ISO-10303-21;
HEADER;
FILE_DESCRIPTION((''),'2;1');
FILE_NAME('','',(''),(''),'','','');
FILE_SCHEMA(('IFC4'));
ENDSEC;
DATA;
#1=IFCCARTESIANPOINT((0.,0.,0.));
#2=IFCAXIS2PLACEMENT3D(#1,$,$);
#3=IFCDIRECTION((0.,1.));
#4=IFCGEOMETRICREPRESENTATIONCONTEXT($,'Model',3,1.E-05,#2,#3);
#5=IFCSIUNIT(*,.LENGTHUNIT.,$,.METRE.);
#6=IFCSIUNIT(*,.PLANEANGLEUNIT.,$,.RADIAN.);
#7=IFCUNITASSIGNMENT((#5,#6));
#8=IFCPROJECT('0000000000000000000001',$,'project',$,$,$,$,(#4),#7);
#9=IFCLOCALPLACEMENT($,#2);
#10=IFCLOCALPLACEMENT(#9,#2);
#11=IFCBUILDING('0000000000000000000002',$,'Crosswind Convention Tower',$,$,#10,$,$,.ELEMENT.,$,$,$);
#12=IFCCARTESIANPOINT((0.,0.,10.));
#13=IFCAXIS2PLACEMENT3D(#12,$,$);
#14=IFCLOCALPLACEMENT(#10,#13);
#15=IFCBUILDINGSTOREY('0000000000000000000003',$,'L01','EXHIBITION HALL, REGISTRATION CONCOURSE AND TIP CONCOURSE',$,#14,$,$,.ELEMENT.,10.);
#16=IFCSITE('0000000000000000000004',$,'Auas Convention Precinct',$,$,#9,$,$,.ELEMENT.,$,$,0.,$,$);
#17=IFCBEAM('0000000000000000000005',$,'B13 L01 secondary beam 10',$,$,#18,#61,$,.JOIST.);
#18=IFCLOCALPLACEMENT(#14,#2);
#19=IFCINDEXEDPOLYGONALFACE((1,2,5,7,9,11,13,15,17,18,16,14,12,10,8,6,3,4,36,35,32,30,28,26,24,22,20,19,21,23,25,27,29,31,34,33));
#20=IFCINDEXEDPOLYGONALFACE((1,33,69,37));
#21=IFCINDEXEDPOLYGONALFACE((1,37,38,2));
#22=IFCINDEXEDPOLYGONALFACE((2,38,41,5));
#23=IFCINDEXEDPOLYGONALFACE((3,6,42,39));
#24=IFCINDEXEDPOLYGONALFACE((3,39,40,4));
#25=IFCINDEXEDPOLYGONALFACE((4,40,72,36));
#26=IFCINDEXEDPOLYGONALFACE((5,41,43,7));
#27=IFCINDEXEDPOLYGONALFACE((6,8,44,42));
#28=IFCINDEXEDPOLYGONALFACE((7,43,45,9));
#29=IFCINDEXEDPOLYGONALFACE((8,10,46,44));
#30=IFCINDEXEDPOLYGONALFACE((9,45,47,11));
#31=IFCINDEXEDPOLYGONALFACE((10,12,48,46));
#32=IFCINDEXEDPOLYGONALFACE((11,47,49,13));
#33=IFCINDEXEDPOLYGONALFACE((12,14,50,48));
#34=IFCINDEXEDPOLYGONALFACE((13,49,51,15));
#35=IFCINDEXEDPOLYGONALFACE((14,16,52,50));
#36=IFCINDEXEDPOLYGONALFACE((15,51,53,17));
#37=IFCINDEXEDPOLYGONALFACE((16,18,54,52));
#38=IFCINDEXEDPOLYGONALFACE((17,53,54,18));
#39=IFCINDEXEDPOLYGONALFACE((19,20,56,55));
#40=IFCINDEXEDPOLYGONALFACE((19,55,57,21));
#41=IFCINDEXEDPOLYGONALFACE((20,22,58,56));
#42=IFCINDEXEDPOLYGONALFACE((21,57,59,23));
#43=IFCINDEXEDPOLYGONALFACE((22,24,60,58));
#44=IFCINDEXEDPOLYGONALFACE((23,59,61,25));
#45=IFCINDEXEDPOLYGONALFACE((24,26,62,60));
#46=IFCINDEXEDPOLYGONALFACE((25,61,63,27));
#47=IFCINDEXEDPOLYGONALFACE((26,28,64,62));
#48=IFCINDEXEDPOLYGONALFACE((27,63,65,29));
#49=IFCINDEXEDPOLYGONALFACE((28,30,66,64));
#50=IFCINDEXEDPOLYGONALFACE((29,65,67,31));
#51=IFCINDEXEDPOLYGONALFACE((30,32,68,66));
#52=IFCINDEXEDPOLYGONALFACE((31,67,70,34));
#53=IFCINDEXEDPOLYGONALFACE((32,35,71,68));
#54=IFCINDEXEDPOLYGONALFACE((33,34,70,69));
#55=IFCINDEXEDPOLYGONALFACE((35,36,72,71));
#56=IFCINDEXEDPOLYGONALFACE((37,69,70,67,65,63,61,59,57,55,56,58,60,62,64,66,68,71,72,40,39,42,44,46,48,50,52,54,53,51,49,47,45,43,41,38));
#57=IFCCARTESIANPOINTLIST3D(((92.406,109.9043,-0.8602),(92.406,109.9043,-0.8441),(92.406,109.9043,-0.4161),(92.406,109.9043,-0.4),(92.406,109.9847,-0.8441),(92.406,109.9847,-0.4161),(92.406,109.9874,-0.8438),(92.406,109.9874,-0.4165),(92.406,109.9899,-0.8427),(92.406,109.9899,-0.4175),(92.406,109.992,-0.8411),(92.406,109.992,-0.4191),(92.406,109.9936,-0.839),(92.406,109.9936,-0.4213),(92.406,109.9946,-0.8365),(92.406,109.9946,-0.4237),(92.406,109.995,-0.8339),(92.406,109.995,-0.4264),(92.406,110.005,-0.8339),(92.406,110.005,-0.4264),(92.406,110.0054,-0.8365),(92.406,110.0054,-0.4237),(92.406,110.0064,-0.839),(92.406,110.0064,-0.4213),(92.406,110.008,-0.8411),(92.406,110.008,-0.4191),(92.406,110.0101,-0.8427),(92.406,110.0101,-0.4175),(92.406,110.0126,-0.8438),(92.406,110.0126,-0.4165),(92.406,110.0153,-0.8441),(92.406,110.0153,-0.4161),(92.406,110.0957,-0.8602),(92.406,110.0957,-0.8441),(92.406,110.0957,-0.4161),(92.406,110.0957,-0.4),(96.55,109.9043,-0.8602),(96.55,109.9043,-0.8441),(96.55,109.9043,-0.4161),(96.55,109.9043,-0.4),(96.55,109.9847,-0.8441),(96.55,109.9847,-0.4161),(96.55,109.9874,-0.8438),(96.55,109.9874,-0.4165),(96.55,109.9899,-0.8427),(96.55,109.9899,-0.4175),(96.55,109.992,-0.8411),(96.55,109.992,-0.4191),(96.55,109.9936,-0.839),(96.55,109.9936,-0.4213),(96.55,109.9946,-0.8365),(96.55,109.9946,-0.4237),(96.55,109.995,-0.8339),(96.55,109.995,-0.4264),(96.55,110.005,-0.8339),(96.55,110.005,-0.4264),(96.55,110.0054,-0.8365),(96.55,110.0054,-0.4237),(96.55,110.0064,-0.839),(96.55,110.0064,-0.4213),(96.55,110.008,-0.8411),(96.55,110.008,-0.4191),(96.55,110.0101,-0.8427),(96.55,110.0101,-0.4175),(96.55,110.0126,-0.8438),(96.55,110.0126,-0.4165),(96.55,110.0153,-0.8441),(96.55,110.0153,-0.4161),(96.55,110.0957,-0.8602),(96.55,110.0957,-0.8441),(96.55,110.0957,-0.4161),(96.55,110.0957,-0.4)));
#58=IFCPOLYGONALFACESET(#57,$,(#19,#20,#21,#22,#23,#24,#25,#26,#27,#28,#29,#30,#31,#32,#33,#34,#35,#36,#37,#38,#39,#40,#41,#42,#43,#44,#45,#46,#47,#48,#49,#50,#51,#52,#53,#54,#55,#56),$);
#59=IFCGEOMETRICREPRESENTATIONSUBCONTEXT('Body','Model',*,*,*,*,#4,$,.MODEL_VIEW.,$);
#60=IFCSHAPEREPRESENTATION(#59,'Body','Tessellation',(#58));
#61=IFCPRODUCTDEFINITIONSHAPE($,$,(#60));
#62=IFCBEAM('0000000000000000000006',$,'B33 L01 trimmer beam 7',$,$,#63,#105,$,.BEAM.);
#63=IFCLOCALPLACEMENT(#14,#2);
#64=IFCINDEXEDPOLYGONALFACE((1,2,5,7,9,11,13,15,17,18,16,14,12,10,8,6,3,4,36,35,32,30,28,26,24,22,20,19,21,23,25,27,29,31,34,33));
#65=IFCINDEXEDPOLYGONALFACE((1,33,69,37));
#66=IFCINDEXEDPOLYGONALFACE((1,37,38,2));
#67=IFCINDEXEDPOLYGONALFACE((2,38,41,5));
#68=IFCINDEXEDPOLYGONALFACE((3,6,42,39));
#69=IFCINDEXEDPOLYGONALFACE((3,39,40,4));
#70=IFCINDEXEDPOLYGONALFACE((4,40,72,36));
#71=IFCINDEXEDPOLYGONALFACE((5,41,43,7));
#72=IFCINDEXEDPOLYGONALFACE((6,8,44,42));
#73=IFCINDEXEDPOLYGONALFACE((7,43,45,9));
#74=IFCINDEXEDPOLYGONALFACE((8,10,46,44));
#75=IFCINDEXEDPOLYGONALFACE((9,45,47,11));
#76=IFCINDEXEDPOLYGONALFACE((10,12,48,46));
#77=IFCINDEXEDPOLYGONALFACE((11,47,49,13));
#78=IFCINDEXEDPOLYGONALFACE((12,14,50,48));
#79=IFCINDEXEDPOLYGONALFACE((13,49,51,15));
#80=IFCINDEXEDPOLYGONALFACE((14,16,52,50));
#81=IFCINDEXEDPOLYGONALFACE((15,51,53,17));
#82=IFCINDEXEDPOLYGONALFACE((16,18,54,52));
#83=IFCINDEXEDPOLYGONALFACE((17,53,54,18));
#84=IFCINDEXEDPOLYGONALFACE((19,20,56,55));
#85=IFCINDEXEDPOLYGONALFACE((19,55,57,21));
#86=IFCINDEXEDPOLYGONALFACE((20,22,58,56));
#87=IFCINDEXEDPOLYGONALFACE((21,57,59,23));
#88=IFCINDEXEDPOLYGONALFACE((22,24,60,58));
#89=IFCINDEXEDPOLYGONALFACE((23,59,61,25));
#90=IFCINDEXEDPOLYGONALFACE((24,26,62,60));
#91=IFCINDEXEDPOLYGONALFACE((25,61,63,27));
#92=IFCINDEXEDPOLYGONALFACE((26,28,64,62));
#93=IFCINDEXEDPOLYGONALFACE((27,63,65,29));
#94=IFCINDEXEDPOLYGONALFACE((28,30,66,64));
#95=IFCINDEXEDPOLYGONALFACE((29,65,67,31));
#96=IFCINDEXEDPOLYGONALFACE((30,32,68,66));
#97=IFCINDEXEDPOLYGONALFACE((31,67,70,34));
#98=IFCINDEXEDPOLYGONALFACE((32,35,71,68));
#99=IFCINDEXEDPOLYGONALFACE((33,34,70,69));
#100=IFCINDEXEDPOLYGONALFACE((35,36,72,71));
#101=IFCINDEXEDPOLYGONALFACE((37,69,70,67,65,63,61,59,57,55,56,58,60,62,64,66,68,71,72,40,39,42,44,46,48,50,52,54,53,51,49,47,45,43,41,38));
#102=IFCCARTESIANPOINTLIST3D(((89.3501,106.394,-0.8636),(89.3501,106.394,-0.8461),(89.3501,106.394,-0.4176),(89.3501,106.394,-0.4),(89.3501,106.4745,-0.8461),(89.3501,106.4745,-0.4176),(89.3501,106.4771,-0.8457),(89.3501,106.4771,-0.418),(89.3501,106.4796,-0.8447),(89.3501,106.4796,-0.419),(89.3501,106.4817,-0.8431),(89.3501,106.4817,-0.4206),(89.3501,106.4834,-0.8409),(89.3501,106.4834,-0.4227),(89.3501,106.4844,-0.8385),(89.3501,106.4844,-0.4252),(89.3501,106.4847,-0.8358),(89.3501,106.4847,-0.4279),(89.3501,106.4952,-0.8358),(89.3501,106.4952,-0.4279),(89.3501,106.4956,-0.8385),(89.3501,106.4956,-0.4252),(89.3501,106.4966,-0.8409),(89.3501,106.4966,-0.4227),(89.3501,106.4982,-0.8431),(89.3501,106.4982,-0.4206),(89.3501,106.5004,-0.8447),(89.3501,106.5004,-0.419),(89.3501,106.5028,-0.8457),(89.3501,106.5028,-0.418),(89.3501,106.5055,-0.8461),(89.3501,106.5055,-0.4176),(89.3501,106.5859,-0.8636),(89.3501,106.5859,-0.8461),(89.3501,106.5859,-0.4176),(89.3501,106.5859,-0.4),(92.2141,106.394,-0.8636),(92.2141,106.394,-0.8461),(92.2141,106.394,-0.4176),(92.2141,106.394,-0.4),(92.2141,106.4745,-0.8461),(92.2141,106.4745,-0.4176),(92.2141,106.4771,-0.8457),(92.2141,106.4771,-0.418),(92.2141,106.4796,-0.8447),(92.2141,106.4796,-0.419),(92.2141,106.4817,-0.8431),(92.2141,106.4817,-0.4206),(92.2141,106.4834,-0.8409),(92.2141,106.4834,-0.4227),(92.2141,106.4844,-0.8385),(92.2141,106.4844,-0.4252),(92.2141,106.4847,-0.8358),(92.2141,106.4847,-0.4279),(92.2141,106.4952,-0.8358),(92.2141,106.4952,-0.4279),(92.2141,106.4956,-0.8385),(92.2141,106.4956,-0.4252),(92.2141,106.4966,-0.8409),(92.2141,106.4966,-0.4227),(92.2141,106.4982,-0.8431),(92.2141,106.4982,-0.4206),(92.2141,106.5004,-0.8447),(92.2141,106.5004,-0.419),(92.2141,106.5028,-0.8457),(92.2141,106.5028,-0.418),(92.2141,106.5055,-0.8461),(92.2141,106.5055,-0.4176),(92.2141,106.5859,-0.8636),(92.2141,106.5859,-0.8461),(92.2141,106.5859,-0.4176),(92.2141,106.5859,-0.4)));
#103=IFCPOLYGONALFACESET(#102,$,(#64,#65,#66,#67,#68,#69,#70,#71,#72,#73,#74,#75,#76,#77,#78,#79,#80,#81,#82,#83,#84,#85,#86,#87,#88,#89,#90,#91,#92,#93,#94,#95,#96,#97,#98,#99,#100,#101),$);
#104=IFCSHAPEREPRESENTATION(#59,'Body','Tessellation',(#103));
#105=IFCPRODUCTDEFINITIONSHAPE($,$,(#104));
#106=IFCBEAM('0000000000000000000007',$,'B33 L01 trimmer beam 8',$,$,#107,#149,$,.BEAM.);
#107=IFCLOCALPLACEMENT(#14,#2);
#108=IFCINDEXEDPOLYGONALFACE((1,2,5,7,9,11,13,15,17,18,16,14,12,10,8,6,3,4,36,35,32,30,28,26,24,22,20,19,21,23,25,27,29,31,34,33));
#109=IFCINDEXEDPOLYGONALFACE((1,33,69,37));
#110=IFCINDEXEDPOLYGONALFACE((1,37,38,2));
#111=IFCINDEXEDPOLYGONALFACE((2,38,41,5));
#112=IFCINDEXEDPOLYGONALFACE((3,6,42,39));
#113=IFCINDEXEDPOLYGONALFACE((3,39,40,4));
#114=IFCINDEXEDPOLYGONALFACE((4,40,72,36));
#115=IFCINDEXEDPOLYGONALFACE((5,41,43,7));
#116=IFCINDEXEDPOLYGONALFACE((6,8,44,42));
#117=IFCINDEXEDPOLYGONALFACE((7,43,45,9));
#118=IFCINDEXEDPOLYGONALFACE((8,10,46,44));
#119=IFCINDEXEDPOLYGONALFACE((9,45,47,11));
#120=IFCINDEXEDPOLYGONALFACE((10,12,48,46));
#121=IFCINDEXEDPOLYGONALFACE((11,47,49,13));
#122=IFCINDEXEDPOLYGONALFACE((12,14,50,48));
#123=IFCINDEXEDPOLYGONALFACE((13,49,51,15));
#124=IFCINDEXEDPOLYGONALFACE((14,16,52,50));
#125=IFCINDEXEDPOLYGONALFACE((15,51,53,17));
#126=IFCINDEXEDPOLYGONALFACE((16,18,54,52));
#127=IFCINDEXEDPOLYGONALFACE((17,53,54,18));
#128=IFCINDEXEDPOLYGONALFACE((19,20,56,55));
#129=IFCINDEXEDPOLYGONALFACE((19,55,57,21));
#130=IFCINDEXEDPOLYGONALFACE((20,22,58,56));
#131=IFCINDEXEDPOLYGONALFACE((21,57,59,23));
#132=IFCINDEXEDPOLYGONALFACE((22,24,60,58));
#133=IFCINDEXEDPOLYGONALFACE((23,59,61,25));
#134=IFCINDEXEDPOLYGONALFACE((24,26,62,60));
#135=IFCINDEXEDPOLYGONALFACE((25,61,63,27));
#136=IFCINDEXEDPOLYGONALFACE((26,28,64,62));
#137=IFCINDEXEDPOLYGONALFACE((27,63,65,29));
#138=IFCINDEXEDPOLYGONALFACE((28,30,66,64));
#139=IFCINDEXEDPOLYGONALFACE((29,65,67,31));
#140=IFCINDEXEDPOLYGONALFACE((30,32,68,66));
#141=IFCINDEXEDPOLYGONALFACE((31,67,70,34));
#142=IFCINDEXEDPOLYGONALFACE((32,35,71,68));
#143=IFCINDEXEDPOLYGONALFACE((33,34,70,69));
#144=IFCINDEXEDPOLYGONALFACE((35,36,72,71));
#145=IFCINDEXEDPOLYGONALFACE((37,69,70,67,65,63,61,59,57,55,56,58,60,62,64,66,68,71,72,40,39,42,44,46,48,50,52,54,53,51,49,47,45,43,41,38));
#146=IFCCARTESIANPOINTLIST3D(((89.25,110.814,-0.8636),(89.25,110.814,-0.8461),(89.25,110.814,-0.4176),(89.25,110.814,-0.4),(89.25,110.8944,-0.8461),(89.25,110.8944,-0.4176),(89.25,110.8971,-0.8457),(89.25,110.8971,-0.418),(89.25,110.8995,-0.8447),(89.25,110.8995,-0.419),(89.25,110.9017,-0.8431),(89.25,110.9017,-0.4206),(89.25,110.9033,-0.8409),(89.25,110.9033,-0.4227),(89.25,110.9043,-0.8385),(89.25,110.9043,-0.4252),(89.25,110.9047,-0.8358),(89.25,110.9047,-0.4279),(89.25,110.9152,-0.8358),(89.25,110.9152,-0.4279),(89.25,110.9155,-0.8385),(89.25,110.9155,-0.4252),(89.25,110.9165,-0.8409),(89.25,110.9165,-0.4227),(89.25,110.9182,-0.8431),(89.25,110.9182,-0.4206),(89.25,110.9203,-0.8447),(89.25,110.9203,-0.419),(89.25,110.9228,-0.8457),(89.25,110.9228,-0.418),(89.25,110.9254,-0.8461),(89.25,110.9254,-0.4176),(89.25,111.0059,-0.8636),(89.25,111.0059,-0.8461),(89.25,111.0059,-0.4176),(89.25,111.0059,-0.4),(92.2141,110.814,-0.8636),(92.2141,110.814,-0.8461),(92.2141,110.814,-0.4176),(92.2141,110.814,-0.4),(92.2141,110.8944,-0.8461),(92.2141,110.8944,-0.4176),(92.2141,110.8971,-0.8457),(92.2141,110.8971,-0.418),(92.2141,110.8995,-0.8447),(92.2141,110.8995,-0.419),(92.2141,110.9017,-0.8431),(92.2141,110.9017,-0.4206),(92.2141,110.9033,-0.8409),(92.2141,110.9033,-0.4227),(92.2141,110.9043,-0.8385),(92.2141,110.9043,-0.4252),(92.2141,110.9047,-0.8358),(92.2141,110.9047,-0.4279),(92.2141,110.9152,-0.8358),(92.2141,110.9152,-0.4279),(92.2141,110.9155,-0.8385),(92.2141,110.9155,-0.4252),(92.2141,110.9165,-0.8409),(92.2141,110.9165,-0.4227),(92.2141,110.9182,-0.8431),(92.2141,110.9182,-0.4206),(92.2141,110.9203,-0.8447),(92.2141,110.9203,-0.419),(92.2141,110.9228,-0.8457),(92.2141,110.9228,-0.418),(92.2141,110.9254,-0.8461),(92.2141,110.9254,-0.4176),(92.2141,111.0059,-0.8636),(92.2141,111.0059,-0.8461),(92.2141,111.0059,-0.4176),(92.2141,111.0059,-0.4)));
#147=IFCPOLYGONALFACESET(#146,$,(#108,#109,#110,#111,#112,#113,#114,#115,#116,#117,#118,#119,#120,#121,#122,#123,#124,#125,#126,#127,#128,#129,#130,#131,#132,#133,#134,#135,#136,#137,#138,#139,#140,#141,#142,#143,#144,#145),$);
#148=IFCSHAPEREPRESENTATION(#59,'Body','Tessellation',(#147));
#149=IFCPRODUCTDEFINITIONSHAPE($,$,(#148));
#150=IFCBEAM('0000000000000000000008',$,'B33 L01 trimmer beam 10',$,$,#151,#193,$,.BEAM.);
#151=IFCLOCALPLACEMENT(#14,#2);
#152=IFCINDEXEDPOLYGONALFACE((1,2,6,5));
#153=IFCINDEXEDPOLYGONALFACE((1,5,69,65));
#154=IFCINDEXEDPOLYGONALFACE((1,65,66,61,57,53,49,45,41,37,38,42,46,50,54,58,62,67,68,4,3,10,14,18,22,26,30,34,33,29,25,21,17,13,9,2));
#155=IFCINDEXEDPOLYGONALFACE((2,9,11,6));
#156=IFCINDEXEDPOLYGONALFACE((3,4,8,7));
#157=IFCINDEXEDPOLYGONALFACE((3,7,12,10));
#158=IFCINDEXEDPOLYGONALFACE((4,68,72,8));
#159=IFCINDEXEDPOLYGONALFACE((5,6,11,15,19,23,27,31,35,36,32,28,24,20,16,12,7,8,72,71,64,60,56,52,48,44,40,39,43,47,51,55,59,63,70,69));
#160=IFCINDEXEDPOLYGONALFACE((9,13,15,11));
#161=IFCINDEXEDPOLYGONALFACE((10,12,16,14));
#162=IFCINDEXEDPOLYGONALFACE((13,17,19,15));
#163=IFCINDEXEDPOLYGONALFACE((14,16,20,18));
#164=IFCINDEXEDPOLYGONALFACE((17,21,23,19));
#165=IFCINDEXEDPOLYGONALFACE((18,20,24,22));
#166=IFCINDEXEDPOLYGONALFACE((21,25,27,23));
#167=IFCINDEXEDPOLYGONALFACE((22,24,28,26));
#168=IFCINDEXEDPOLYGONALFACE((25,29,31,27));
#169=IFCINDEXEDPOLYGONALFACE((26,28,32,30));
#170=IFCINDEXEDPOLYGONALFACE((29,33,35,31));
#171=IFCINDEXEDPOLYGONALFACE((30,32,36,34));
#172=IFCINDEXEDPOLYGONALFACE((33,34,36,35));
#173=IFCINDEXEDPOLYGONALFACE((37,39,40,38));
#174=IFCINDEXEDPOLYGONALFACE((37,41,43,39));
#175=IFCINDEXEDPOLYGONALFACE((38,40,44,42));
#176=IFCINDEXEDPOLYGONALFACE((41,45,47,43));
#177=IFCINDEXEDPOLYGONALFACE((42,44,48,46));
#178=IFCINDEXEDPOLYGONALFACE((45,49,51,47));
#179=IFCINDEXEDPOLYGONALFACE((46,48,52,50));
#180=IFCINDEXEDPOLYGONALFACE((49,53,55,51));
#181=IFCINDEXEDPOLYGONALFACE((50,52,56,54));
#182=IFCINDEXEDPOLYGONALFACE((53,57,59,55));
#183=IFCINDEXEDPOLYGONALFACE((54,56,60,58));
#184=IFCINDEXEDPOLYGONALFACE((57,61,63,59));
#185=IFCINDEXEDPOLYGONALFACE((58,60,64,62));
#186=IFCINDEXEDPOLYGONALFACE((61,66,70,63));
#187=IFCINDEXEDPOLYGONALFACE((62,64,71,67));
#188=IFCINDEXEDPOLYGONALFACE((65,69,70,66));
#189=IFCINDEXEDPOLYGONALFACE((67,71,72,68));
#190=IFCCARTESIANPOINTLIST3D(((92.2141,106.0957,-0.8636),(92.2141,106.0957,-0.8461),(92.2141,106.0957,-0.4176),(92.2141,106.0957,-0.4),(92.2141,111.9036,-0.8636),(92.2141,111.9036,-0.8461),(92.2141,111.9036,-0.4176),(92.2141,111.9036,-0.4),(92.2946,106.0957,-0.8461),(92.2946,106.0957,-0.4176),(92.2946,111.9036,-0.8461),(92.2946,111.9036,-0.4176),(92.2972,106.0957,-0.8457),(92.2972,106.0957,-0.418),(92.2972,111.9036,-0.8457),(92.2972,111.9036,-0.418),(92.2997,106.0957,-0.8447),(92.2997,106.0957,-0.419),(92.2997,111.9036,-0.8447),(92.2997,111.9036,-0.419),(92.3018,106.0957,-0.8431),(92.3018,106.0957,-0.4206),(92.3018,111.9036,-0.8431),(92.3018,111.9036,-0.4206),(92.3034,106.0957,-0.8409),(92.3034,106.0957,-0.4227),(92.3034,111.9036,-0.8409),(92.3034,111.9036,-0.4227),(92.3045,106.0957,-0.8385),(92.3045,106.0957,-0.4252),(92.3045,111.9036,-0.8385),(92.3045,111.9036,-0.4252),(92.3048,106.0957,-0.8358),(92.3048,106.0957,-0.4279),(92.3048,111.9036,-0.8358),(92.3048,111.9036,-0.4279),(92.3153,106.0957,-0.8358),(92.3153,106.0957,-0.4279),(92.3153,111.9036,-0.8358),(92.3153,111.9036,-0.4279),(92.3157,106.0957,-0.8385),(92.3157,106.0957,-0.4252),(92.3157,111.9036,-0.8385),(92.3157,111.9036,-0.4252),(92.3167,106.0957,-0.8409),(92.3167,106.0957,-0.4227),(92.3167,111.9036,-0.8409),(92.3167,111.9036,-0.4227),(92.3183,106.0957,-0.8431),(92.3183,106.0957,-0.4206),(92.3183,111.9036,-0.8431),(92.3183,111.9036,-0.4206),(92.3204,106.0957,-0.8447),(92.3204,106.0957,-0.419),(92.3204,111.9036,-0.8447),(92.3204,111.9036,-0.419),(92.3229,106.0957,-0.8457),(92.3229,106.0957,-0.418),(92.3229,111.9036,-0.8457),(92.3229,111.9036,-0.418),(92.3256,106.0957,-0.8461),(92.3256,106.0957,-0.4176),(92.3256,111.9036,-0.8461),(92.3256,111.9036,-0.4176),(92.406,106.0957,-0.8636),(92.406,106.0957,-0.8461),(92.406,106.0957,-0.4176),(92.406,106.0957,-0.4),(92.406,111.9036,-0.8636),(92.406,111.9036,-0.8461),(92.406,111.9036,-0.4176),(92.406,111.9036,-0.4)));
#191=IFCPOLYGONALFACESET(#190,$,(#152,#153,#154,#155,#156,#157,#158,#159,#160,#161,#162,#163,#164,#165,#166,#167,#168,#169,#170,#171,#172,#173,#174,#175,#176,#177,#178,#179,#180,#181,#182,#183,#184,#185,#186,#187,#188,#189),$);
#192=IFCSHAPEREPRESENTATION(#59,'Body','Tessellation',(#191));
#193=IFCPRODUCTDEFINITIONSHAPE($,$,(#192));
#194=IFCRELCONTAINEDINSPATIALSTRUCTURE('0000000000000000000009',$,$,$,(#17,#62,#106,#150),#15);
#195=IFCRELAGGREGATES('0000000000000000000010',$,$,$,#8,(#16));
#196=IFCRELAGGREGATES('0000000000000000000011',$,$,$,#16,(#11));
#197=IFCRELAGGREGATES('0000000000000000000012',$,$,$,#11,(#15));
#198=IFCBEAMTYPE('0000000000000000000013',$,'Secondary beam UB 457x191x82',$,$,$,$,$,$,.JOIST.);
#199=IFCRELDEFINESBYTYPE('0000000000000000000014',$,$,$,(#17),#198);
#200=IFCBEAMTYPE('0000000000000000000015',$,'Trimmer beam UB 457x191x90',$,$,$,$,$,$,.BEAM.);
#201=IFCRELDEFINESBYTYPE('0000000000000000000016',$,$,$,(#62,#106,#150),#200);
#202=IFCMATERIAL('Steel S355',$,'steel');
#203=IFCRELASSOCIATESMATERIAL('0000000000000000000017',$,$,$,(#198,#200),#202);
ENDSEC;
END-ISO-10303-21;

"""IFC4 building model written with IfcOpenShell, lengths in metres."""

from ifc_helpers import new_model, si_unit, direction, frame, origin, origin_2d, place, context, subcontext, project, spatial, i_section, extrude, material, material_profile, profile_set, type_object, element, save


model = new_model("IFC4")

# Units and contexts
model_context = context("Model", 3, precision=1e-05, world=origin(), true_north=direction((0.0, 1.0)))
body_context = subcontext(model_context, "Body", "Model", "MODEL_VIEW")
ifc_project = project(units=[si_unit("LENGTHUNIT", "METRE"), si_unit("PLANEANGLEUNIT", "RADIAN")], contexts=[model_context])

# Site, building, storey
site_placement = place(None, origin())
site = spatial("IfcSite", under=ifc_project, at=site_placement, Name="Auas Convention Precinct", CompositionType="ELEMENT", RefElevation=0.0)
building_placement = place(site_placement, origin())
building = spatial("IfcBuilding", under=site, at=building_placement, Name="Crosswind Convention Tower", CompositionType="ELEMENT")
storey_placement = place(building_placement, frame((0.0, 0.0, 10.0)))
storey = spatial("IfcBuildingStorey", under=building, at=storey_placement, Name="L01", Description="EXHIBITION HALL, REGISTRATION CONCOURSE AND TIP CONCOURSE", CompositionType="ELEMENT", Elevation=10.0)

# Beams
ifc_material_1 = material(Name="Steel S355", Category="steel")
ifc_material_profile_1 = material_profile(ifc_material_1, i_section(OverallWidth=0.1914, OverallDepth=0.4602, WebThickness=0.01, FlangeThickness=0.0161, FilletRadius=0.0103, at=origin_2d()), Name="UB 457x191x82")
ifc_profile_set_1 = profile_set([ifc_material_profile_1], Name="Steel S355")
beam_type_1 = type_object("IfcBeamType", Name="Secondary beam UB 457x191x82", PredefinedType="JOIST", material=ifc_profile_set_1)
beam_1_placement = place(storey_placement, frame((92.406, 110.0, -0.6301), z_axis=(1.0, 0.0, 0.0), x_axis=(0.0, 1.0, 0.0)))
element("IfcBeam", 1, at=beam_1_placement, inside=storey, type_object=beam_type_1, Name="B13 L01 secondary beam 10", PredefinedType="JOIST", context=body_context, shape_type="SweptSolid", body=[
    extrude(i_section(OverallWidth=0.1914, OverallDepth=0.4602, WebThickness=0.01, FlangeThickness=0.0161, FilletRadius=0.0103, at=origin_2d()), origin(), (0.0, 0.0, 1.0), 4.144),
])
ifc_material_profile_2 = material_profile(ifc_material_1, i_section(OverallWidth=0.1919, OverallDepth=0.4636, WebThickness=0.0105, FlangeThickness=0.0176, FilletRadius=0.0103, at=origin_2d()), Name="UB 457x191x90")
ifc_profile_set_2 = profile_set([ifc_material_profile_2], Name="Steel S355")
beam_type_2 = type_object("IfcBeamType", Name="Trimmer beam UB 457x191x90", PredefinedType="BEAM", material=ifc_profile_set_2)
beam_2_placement = place(storey_placement, frame((92.2141, 106.49, -0.6318), z_axis=(-1.0, 0.0, 0.0), x_axis=(0.0, -1.0, 0.0)))
element("IfcBeam", 2, at=beam_2_placement, inside=storey, type_object=beam_type_2, Name="B33 L01 trimmer beam 7", PredefinedType="BEAM", context=body_context, shape_type="SweptSolid", body=[
    extrude(i_section(OverallWidth=0.1919, OverallDepth=0.4636, WebThickness=0.0105, FlangeThickness=0.0176, FilletRadius=0.0103, at=origin_2d()), origin(), (0.0, 0.0, 1.0), 2.864),
])
beam_3_placement = place(storey_placement, frame((92.2141, 110.9099, -0.6318), z_axis=(-1.0, 0.0, 0.0), x_axis=(0.0, -1.0, 0.0)))
element("IfcBeam", 3, at=beam_3_placement, inside=storey, type_object=beam_type_2, Name="B33 L01 trimmer beam 8", PredefinedType="BEAM", context=body_context, shape_type="SweptSolid", body=[
    extrude(i_section(OverallWidth=0.1919, OverallDepth=0.4636, WebThickness=0.0105, FlangeThickness=0.0176, FilletRadius=0.0103, at=origin_2d()), origin(), (0.0, 0.0, 1.0), 2.9641),
])
beam_4_placement = place(storey_placement, frame((92.3101, 106.0957, -0.6318), z_axis=(0.0, 1.0, 0.0), x_axis=(-1.0, 0.0, 0.0)))
element("IfcBeam", 4, at=beam_4_placement, inside=storey, type_object=beam_type_2, Name="B33 L01 trimmer beam 10", PredefinedType="BEAM", context=body_context, shape_type="SweptSolid", body=[
    extrude(i_section(OverallWidth=0.1919, OverallDepth=0.4636, WebThickness=0.0105, FlangeThickness=0.0176, FilletRadius=0.0103, at=origin_2d()), origin(), (0.0, 0.0, 1.0), 5.8079),
])

save(model, "model.ifc")
